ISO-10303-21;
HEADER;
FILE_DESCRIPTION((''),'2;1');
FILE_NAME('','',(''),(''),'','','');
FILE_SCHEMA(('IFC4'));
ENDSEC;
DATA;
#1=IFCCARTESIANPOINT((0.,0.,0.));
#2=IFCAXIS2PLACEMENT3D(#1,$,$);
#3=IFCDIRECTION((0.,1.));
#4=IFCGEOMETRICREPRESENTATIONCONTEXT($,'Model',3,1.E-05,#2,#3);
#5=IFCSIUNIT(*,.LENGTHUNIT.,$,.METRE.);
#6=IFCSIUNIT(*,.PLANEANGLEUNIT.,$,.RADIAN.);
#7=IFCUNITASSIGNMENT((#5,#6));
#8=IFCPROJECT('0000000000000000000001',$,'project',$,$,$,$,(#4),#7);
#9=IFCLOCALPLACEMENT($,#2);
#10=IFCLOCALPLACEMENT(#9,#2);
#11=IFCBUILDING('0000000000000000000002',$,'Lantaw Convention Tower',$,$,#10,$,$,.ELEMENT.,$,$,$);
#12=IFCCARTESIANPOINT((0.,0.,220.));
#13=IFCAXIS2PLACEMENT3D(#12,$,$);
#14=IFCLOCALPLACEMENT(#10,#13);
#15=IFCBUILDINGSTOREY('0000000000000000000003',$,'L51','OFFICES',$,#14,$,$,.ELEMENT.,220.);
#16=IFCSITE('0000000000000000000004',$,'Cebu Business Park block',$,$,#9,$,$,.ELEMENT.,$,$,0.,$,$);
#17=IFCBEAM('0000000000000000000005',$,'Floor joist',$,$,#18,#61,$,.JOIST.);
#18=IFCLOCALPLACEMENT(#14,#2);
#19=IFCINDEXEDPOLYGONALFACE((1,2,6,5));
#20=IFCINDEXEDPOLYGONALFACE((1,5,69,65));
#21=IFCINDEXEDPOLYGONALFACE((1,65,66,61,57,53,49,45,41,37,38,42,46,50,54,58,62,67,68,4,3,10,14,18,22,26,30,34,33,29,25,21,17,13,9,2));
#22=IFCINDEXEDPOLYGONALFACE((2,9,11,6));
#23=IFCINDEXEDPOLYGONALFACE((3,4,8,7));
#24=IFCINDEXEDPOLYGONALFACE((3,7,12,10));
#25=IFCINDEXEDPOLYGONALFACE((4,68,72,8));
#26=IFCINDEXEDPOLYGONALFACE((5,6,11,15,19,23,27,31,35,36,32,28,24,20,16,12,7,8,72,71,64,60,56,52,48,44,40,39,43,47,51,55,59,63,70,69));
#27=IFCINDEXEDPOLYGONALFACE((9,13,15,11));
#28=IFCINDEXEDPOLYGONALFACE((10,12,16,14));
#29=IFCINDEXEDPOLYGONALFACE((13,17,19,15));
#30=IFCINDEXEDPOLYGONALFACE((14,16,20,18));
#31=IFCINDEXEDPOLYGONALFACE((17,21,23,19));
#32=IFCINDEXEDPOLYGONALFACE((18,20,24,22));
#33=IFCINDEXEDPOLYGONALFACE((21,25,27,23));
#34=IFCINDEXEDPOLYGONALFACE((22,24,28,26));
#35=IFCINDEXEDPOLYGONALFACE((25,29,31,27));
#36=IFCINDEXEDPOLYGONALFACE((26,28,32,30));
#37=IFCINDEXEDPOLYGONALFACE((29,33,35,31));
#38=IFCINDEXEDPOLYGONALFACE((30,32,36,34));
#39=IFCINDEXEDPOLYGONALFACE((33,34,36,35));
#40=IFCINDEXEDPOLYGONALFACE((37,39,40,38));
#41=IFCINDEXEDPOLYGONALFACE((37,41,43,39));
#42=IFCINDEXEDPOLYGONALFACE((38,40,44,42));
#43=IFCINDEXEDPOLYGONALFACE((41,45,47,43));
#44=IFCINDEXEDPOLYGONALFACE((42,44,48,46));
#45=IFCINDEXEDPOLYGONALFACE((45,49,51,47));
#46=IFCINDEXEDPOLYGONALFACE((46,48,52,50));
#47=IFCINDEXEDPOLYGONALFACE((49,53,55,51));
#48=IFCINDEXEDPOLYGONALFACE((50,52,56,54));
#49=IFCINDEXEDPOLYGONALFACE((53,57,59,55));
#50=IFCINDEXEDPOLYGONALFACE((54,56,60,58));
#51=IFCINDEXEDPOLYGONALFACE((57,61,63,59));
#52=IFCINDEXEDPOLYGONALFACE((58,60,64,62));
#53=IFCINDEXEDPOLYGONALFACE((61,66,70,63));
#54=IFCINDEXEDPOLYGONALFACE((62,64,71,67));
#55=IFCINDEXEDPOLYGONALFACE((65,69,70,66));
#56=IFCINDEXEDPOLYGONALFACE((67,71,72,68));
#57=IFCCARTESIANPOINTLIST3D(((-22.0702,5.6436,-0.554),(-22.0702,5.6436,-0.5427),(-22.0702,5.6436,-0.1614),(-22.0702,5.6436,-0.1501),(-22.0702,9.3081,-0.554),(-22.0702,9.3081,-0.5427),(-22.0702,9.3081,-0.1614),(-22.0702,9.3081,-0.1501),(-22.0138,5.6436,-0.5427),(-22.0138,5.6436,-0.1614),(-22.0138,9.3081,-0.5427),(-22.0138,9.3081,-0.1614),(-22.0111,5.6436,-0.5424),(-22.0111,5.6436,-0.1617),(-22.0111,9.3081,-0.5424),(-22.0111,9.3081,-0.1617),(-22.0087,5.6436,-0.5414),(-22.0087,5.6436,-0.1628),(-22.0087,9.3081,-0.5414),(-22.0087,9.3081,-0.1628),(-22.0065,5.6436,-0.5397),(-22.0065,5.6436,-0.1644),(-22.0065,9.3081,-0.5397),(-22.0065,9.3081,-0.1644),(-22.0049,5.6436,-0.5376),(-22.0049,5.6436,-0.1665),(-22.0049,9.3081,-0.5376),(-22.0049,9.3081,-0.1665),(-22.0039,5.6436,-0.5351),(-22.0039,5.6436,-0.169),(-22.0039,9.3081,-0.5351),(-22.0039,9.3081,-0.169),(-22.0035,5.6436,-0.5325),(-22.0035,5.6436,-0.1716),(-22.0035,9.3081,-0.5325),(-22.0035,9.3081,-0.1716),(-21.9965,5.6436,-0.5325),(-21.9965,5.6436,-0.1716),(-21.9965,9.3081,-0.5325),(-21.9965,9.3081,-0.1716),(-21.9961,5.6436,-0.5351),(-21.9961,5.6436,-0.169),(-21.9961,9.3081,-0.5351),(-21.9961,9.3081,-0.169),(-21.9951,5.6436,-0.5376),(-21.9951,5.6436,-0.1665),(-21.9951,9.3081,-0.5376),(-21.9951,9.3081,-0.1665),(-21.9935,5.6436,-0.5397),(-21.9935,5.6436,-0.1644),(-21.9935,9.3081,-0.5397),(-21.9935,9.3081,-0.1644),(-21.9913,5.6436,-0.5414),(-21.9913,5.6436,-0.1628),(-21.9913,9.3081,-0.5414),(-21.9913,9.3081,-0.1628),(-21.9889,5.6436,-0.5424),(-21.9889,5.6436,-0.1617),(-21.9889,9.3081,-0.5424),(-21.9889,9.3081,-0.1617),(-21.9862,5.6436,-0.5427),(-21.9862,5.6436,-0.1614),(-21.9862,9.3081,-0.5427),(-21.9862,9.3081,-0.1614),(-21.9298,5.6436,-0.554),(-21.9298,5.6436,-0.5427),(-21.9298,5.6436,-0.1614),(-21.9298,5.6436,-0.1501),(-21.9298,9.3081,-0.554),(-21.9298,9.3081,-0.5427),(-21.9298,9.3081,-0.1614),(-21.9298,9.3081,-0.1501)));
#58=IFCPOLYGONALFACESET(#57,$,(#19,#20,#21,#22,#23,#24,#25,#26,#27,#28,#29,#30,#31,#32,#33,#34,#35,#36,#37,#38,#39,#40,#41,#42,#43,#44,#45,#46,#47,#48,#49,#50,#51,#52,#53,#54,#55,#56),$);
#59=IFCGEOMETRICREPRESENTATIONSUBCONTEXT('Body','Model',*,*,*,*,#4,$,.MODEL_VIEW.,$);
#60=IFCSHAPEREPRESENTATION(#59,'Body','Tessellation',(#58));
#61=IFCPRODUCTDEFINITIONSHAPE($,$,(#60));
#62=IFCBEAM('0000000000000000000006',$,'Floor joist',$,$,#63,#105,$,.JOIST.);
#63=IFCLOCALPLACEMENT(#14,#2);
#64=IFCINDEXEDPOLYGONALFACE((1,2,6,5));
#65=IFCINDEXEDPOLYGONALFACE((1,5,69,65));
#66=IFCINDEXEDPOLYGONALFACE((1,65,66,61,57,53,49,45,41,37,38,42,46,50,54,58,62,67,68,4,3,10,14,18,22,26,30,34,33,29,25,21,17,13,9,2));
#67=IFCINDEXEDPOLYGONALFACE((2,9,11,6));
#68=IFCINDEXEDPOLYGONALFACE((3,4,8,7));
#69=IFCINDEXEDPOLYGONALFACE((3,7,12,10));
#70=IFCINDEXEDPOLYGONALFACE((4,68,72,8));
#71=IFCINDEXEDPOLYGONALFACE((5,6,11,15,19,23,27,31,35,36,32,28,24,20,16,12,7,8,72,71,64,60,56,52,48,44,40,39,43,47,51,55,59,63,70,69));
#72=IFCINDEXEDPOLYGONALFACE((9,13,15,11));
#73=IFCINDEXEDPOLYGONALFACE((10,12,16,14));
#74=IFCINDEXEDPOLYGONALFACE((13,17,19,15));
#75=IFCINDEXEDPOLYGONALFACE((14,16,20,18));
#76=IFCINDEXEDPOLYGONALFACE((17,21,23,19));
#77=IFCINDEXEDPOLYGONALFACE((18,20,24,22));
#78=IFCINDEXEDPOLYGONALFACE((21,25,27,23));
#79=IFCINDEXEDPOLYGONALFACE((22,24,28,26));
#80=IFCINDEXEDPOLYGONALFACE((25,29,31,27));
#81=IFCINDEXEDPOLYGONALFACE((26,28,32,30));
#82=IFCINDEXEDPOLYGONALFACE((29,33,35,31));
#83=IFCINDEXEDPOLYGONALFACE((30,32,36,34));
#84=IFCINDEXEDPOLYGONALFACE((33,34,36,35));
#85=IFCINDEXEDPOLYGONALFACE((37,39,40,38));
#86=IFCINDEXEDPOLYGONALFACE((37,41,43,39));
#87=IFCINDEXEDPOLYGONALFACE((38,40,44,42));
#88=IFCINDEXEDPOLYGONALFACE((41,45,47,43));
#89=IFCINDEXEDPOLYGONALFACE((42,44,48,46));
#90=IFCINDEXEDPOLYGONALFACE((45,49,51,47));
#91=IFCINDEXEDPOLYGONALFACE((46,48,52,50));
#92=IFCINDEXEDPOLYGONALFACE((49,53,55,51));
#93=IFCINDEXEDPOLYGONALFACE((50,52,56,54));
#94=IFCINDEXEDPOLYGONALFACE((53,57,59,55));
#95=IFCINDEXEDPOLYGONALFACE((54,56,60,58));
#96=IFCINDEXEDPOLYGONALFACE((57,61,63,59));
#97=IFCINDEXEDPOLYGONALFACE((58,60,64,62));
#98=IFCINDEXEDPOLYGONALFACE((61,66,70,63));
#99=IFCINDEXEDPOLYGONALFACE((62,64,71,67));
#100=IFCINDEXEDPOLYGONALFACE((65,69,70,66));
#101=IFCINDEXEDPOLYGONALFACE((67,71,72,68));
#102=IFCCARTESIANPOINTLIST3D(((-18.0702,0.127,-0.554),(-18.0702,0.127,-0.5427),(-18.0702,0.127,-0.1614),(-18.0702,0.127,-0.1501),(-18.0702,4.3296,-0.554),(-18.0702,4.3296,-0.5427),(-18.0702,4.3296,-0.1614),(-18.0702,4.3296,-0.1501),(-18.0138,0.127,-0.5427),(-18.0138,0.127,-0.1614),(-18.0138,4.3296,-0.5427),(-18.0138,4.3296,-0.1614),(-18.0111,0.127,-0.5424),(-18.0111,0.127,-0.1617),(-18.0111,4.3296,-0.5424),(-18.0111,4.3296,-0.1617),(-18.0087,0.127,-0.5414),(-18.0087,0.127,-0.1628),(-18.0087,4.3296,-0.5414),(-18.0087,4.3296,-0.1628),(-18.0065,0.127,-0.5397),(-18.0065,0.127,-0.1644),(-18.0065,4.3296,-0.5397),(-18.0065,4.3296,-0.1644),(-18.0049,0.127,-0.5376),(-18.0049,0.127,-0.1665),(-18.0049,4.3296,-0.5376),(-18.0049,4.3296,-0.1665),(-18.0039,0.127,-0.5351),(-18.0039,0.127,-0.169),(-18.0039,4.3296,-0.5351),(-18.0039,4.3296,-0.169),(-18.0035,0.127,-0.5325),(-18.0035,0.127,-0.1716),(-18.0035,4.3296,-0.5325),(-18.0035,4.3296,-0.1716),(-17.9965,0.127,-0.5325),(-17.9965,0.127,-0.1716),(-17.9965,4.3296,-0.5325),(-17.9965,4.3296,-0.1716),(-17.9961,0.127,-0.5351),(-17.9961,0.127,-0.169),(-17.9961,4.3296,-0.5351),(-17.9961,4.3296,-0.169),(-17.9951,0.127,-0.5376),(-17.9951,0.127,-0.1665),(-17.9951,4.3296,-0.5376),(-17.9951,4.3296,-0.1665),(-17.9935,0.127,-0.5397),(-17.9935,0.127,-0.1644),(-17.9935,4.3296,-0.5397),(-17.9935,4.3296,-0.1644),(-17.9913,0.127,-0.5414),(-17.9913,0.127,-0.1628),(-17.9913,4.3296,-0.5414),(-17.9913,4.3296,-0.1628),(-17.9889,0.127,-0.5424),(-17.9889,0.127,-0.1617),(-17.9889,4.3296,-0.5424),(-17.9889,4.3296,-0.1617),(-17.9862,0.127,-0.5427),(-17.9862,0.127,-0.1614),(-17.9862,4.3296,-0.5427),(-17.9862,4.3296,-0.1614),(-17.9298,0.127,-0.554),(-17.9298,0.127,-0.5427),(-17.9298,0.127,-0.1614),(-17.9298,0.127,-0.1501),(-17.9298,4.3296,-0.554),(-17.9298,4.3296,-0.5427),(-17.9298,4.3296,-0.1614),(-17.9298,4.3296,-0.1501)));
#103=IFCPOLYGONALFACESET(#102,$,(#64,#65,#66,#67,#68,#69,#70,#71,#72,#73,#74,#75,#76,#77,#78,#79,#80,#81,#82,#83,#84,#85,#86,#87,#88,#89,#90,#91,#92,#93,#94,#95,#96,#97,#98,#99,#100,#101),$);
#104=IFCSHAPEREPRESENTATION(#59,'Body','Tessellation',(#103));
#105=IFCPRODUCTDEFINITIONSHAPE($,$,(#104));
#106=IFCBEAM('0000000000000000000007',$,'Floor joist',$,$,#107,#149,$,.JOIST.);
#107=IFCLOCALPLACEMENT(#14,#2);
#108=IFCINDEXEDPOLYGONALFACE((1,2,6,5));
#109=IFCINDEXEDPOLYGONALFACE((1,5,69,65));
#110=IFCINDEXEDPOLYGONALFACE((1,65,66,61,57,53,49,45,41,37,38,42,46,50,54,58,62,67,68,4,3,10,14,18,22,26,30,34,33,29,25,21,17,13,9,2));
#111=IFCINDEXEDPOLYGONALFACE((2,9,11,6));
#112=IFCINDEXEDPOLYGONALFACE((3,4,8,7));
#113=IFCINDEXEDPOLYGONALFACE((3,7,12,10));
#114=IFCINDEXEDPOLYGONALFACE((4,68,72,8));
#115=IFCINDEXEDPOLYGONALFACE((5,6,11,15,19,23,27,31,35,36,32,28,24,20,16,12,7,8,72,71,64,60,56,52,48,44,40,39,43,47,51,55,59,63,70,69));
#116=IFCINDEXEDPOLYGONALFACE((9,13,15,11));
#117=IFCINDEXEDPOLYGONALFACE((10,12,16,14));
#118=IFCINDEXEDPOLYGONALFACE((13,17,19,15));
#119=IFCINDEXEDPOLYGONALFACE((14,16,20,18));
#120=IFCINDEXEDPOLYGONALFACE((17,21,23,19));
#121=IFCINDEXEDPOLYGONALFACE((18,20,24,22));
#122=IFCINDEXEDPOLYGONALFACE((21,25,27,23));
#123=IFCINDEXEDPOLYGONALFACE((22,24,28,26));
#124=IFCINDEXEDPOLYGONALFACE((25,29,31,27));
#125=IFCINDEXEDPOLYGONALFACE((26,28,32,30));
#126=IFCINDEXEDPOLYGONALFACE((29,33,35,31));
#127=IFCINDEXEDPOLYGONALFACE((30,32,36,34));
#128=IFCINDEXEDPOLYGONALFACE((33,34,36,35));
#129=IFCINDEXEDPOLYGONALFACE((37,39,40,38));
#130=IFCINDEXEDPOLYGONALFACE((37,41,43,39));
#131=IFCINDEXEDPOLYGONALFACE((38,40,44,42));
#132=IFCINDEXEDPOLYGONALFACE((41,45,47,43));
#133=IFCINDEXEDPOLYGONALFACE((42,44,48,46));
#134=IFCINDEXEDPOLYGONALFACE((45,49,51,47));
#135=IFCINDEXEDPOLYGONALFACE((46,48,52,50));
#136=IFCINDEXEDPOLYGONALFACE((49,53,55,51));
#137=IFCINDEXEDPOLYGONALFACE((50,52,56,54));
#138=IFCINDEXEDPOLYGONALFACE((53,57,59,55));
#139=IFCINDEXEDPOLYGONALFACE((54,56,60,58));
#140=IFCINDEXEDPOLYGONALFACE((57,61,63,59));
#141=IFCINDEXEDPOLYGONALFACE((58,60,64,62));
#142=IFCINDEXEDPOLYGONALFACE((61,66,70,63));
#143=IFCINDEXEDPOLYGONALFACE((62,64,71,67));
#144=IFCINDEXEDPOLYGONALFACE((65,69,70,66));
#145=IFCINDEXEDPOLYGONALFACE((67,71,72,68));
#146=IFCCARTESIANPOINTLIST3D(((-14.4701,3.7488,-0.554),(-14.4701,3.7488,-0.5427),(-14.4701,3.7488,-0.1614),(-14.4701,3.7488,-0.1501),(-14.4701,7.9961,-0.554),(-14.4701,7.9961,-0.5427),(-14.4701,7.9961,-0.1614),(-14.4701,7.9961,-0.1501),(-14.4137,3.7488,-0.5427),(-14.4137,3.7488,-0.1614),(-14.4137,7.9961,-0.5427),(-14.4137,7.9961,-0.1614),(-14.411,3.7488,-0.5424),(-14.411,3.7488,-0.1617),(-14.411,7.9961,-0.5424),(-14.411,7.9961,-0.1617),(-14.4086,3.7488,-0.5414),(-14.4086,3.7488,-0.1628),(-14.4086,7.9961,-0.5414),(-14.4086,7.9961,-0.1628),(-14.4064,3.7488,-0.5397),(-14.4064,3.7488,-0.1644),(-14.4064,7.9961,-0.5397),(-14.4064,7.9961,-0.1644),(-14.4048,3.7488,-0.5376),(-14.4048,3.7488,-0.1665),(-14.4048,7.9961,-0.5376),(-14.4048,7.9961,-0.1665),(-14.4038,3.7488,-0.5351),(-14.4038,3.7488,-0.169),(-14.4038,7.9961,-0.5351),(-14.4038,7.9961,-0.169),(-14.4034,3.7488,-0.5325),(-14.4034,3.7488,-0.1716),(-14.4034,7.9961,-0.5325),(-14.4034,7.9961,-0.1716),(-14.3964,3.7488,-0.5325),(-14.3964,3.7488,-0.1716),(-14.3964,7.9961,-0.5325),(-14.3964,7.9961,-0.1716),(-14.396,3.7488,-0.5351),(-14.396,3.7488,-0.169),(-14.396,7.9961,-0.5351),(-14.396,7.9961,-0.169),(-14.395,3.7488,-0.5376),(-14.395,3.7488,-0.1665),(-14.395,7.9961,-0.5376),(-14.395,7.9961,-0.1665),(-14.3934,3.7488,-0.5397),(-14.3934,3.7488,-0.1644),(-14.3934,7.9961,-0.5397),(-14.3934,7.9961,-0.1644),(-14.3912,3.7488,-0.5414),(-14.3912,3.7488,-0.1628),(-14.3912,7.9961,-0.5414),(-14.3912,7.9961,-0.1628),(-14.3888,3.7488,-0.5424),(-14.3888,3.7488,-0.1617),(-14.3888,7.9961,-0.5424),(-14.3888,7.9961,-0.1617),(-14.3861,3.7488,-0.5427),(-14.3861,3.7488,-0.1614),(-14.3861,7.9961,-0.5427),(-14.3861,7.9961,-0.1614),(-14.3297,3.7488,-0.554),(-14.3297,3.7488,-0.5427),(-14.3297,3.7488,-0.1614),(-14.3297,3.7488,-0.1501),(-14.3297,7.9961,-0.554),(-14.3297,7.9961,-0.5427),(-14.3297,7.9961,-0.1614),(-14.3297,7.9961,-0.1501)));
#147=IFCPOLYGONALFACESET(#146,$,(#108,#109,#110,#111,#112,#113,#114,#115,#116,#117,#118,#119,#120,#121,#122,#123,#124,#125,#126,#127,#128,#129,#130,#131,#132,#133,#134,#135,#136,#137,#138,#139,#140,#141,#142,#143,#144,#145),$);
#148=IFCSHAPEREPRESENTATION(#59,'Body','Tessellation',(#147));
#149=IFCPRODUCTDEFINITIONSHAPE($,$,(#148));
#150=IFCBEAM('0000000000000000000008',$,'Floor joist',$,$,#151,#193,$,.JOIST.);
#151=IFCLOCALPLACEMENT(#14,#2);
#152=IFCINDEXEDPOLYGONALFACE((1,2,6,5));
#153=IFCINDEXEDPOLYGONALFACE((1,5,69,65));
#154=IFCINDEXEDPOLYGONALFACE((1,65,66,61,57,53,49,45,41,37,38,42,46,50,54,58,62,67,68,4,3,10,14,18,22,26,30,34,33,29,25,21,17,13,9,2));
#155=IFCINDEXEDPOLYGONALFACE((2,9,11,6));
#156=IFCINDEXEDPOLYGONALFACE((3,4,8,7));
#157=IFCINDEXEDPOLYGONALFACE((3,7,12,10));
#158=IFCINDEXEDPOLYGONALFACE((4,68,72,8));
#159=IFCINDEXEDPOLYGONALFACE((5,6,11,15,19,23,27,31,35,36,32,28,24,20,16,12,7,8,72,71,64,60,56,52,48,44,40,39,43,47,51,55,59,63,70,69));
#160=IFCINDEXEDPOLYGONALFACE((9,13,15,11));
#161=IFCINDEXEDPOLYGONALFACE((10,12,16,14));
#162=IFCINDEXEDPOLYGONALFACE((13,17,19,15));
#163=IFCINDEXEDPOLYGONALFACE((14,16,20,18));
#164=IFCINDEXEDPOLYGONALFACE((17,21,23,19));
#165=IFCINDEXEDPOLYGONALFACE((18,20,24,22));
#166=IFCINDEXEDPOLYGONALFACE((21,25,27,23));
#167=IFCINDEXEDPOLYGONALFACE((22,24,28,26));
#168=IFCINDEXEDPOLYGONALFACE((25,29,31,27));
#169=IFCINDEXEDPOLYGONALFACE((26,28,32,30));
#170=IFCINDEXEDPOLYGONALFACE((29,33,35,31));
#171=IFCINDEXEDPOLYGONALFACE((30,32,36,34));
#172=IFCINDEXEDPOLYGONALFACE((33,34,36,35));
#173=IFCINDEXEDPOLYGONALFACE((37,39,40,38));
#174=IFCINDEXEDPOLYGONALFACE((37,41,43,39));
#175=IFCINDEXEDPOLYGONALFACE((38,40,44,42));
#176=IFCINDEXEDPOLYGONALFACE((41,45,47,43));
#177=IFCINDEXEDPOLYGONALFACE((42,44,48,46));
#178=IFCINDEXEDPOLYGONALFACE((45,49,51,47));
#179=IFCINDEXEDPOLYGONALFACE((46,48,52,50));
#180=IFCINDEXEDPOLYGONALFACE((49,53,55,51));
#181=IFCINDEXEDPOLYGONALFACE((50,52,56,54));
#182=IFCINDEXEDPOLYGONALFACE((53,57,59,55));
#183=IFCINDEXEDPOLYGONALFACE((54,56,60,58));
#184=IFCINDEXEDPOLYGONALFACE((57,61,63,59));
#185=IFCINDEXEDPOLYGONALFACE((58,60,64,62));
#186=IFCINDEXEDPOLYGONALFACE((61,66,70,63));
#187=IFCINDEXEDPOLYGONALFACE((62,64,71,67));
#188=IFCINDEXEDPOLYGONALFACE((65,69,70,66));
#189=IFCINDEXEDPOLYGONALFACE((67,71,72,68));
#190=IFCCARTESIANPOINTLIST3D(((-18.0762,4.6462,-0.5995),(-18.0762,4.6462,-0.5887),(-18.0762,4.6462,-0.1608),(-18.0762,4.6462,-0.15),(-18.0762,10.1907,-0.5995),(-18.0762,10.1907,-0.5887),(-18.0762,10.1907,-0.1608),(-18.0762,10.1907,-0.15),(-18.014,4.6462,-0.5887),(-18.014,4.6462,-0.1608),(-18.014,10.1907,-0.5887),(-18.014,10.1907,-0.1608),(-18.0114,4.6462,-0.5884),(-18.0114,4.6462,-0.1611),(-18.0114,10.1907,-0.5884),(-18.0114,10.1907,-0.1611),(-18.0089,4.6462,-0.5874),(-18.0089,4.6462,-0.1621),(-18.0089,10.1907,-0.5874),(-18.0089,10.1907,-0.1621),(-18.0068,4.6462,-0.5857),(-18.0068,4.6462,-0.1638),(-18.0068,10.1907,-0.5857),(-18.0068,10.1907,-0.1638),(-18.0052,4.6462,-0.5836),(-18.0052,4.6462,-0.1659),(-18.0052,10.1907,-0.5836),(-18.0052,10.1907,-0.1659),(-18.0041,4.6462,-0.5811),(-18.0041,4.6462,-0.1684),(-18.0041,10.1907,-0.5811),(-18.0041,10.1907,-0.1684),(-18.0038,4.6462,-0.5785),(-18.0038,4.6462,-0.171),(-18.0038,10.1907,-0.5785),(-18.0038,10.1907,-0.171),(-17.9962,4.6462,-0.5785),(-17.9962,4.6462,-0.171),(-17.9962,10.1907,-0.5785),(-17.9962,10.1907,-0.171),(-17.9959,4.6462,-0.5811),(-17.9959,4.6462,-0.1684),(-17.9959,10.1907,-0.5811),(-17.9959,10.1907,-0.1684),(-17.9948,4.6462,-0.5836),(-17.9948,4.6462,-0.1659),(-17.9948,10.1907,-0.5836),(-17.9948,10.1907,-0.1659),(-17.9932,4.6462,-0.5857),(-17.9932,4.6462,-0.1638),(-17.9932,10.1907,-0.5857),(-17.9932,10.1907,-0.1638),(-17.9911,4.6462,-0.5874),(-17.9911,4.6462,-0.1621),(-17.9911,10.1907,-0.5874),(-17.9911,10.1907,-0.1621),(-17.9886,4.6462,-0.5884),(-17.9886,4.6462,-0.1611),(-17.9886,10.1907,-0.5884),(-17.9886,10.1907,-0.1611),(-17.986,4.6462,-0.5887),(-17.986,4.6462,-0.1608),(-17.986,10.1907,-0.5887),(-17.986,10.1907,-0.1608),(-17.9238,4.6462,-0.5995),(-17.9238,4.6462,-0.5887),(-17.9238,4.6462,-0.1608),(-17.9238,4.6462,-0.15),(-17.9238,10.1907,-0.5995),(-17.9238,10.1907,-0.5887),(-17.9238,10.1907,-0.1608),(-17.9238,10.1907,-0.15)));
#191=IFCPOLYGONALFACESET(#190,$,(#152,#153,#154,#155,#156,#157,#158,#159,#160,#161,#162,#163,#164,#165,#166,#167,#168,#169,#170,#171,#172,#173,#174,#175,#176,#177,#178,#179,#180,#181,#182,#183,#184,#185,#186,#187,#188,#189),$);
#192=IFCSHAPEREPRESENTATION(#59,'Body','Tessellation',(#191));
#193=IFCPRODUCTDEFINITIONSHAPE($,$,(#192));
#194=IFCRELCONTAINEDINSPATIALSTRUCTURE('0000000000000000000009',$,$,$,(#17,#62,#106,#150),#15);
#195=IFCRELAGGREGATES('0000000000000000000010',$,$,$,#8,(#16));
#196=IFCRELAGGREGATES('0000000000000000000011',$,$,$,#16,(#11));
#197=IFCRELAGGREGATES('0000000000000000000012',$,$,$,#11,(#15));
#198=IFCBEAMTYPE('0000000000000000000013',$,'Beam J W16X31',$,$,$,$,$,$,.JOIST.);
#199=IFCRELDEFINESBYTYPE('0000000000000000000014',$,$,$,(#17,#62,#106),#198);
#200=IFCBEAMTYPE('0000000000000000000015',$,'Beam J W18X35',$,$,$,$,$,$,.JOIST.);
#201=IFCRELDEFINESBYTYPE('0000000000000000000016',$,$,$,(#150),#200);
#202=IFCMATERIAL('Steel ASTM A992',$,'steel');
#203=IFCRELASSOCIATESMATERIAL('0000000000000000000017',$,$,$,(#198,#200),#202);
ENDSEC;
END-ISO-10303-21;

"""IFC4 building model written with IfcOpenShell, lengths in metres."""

from ifc_helpers import new_model, si_unit, direction, frame, origin, origin_2d, place, context, subcontext, project, spatial, i_section, extrude, material, material_profile, profile_set, type_object, element, save


model = new_model("IFC4")

# Units and contexts
model_context = context("Model", 3, precision=1e-05, world=origin(), true_north=direction((0.0, 1.0)))
body_context = subcontext(model_context, "Body", "Model", "MODEL_VIEW")
ifc_project = project(units=[si_unit("LENGTHUNIT", "METRE"), si_unit("PLANEANGLEUNIT", "RADIAN")], contexts=[model_context])

# Site, building, storey
site_placement = place(None, origin())
site = spatial("IfcSite", under=ifc_project, at=site_placement, Name="Cebu Business Park block", CompositionType="ELEMENT", RefElevation=0.0)
building_placement = place(site_placement, origin())
building = spatial("IfcBuilding", under=site, at=building_placement, Name="Lantaw Convention Tower", CompositionType="ELEMENT")
storey_placement = place(building_placement, frame((0.0, 0.0, 220.0)))
storey = spatial("IfcBuildingStorey", under=building, at=storey_placement, Name="L51", Description="OFFICES", CompositionType="ELEMENT", Elevation=220.0)

# Beams
ifc_material_1 = material(Name="Steel ASTM A992", Category="steel")
ifc_material_profile_1 = material_profile(ifc_material_1, i_section(OverallWidth=0.1404, OverallDepth=0.4038, WebThickness=0.0071, FlangeThickness=0.0112, FilletRadius=0.0103, at=origin_2d()), Name="W16X31")
ifc_profile_set_1 = profile_set([ifc_material_profile_1], Name="Steel ASTM A992")
beam_type_1 = type_object("IfcBeamType", Name="Beam J W16X31", PredefinedType="JOIST", material=ifc_profile_set_1)
beam_1_placement = place(storey_placement, frame((-22.0, 5.6436, -0.3521), z_axis=(0.0, 1.0, 0.0), x_axis=(-1.0, 0.0, 0.0)))
element("IfcBeam", 1, at=beam_1_placement, inside=storey, type_object=beam_type_1, Name="Floor joist", PredefinedType="JOIST", context=body_context, shape_type="SweptSolid", body=[
    extrude(i_section(OverallWidth=0.1404, OverallDepth=0.4038, WebThickness=0.0071, FlangeThickness=0.0112, FilletRadius=0.0103, at=origin_2d()), origin(), (0.0, 0.0, 1.0), 3.6646),
])
beam_2_placement = place(storey_placement, frame((-18.0, 0.127, -0.3521), z_axis=(0.0, 1.0, 0.0), x_axis=(-1.0, 0.0, 0.0)))
element("IfcBeam", 2, at=beam_2_placement, inside=storey, type_object=beam_type_1, Name="Floor joist", PredefinedType="JOIST", context=body_context, shape_type="SweptSolid", body=[
    extrude(i_section(OverallWidth=0.1404, OverallDepth=0.4038, WebThickness=0.0071, FlangeThickness=0.0112, FilletRadius=0.0103, at=origin_2d()), origin(), (0.0, 0.0, 1.0), 4.2026),
])
beam_3_placement = place(storey_placement, frame((-14.3999, 3.7488, -0.3521), z_axis=(0.0, 1.0, 0.0), x_axis=(-1.0, 0.0, 0.0)))
element("IfcBeam", 3, at=beam_3_placement, inside=storey, type_object=beam_type_1, Name="Floor joist", PredefinedType="JOIST", context=body_context, shape_type="SweptSolid", body=[
    extrude(i_section(OverallWidth=0.1404, OverallDepth=0.4038, WebThickness=0.0071, FlangeThickness=0.0112, FilletRadius=0.0103, at=origin_2d()), origin(), (0.0, 0.0, 1.0), 4.2473),
])
ifc_material_profile_2 = material_profile(ifc_material_1, i_section(OverallWidth=0.1523, OverallDepth=0.4495, WebThickness=0.0076, FlangeThickness=0.0107, FilletRadius=0.0103, at=origin_2d()), Name="W18X35")
ifc_profile_set_2 = profile_set([ifc_material_profile_2], Name="Steel ASTM A992")
beam_type_2 = type_object("IfcBeamType", Name="Beam J W18X35", PredefinedType="JOIST", material=ifc_profile_set_2)
beam_4_placement = place(storey_placement, frame((-18.0, 4.6462, -0.3748), z_axis=(0.0, 1.0, 0.0), x_axis=(-1.0, 0.0, 0.0)))
element("IfcBeam", 4, at=beam_4_placement, inside=storey, type_object=beam_type_2, Name="Floor joist", PredefinedType="JOIST", context=body_context, shape_type="SweptSolid", body=[
    extrude(i_section(OverallWidth=0.1523, OverallDepth=0.4495, WebThickness=0.0076, FlangeThickness=0.0107, FilletRadius=0.0103, at=origin_2d()), origin(), (0.0, 0.0, 1.0), 5.5444),
])

save(model, "model.ifc")
